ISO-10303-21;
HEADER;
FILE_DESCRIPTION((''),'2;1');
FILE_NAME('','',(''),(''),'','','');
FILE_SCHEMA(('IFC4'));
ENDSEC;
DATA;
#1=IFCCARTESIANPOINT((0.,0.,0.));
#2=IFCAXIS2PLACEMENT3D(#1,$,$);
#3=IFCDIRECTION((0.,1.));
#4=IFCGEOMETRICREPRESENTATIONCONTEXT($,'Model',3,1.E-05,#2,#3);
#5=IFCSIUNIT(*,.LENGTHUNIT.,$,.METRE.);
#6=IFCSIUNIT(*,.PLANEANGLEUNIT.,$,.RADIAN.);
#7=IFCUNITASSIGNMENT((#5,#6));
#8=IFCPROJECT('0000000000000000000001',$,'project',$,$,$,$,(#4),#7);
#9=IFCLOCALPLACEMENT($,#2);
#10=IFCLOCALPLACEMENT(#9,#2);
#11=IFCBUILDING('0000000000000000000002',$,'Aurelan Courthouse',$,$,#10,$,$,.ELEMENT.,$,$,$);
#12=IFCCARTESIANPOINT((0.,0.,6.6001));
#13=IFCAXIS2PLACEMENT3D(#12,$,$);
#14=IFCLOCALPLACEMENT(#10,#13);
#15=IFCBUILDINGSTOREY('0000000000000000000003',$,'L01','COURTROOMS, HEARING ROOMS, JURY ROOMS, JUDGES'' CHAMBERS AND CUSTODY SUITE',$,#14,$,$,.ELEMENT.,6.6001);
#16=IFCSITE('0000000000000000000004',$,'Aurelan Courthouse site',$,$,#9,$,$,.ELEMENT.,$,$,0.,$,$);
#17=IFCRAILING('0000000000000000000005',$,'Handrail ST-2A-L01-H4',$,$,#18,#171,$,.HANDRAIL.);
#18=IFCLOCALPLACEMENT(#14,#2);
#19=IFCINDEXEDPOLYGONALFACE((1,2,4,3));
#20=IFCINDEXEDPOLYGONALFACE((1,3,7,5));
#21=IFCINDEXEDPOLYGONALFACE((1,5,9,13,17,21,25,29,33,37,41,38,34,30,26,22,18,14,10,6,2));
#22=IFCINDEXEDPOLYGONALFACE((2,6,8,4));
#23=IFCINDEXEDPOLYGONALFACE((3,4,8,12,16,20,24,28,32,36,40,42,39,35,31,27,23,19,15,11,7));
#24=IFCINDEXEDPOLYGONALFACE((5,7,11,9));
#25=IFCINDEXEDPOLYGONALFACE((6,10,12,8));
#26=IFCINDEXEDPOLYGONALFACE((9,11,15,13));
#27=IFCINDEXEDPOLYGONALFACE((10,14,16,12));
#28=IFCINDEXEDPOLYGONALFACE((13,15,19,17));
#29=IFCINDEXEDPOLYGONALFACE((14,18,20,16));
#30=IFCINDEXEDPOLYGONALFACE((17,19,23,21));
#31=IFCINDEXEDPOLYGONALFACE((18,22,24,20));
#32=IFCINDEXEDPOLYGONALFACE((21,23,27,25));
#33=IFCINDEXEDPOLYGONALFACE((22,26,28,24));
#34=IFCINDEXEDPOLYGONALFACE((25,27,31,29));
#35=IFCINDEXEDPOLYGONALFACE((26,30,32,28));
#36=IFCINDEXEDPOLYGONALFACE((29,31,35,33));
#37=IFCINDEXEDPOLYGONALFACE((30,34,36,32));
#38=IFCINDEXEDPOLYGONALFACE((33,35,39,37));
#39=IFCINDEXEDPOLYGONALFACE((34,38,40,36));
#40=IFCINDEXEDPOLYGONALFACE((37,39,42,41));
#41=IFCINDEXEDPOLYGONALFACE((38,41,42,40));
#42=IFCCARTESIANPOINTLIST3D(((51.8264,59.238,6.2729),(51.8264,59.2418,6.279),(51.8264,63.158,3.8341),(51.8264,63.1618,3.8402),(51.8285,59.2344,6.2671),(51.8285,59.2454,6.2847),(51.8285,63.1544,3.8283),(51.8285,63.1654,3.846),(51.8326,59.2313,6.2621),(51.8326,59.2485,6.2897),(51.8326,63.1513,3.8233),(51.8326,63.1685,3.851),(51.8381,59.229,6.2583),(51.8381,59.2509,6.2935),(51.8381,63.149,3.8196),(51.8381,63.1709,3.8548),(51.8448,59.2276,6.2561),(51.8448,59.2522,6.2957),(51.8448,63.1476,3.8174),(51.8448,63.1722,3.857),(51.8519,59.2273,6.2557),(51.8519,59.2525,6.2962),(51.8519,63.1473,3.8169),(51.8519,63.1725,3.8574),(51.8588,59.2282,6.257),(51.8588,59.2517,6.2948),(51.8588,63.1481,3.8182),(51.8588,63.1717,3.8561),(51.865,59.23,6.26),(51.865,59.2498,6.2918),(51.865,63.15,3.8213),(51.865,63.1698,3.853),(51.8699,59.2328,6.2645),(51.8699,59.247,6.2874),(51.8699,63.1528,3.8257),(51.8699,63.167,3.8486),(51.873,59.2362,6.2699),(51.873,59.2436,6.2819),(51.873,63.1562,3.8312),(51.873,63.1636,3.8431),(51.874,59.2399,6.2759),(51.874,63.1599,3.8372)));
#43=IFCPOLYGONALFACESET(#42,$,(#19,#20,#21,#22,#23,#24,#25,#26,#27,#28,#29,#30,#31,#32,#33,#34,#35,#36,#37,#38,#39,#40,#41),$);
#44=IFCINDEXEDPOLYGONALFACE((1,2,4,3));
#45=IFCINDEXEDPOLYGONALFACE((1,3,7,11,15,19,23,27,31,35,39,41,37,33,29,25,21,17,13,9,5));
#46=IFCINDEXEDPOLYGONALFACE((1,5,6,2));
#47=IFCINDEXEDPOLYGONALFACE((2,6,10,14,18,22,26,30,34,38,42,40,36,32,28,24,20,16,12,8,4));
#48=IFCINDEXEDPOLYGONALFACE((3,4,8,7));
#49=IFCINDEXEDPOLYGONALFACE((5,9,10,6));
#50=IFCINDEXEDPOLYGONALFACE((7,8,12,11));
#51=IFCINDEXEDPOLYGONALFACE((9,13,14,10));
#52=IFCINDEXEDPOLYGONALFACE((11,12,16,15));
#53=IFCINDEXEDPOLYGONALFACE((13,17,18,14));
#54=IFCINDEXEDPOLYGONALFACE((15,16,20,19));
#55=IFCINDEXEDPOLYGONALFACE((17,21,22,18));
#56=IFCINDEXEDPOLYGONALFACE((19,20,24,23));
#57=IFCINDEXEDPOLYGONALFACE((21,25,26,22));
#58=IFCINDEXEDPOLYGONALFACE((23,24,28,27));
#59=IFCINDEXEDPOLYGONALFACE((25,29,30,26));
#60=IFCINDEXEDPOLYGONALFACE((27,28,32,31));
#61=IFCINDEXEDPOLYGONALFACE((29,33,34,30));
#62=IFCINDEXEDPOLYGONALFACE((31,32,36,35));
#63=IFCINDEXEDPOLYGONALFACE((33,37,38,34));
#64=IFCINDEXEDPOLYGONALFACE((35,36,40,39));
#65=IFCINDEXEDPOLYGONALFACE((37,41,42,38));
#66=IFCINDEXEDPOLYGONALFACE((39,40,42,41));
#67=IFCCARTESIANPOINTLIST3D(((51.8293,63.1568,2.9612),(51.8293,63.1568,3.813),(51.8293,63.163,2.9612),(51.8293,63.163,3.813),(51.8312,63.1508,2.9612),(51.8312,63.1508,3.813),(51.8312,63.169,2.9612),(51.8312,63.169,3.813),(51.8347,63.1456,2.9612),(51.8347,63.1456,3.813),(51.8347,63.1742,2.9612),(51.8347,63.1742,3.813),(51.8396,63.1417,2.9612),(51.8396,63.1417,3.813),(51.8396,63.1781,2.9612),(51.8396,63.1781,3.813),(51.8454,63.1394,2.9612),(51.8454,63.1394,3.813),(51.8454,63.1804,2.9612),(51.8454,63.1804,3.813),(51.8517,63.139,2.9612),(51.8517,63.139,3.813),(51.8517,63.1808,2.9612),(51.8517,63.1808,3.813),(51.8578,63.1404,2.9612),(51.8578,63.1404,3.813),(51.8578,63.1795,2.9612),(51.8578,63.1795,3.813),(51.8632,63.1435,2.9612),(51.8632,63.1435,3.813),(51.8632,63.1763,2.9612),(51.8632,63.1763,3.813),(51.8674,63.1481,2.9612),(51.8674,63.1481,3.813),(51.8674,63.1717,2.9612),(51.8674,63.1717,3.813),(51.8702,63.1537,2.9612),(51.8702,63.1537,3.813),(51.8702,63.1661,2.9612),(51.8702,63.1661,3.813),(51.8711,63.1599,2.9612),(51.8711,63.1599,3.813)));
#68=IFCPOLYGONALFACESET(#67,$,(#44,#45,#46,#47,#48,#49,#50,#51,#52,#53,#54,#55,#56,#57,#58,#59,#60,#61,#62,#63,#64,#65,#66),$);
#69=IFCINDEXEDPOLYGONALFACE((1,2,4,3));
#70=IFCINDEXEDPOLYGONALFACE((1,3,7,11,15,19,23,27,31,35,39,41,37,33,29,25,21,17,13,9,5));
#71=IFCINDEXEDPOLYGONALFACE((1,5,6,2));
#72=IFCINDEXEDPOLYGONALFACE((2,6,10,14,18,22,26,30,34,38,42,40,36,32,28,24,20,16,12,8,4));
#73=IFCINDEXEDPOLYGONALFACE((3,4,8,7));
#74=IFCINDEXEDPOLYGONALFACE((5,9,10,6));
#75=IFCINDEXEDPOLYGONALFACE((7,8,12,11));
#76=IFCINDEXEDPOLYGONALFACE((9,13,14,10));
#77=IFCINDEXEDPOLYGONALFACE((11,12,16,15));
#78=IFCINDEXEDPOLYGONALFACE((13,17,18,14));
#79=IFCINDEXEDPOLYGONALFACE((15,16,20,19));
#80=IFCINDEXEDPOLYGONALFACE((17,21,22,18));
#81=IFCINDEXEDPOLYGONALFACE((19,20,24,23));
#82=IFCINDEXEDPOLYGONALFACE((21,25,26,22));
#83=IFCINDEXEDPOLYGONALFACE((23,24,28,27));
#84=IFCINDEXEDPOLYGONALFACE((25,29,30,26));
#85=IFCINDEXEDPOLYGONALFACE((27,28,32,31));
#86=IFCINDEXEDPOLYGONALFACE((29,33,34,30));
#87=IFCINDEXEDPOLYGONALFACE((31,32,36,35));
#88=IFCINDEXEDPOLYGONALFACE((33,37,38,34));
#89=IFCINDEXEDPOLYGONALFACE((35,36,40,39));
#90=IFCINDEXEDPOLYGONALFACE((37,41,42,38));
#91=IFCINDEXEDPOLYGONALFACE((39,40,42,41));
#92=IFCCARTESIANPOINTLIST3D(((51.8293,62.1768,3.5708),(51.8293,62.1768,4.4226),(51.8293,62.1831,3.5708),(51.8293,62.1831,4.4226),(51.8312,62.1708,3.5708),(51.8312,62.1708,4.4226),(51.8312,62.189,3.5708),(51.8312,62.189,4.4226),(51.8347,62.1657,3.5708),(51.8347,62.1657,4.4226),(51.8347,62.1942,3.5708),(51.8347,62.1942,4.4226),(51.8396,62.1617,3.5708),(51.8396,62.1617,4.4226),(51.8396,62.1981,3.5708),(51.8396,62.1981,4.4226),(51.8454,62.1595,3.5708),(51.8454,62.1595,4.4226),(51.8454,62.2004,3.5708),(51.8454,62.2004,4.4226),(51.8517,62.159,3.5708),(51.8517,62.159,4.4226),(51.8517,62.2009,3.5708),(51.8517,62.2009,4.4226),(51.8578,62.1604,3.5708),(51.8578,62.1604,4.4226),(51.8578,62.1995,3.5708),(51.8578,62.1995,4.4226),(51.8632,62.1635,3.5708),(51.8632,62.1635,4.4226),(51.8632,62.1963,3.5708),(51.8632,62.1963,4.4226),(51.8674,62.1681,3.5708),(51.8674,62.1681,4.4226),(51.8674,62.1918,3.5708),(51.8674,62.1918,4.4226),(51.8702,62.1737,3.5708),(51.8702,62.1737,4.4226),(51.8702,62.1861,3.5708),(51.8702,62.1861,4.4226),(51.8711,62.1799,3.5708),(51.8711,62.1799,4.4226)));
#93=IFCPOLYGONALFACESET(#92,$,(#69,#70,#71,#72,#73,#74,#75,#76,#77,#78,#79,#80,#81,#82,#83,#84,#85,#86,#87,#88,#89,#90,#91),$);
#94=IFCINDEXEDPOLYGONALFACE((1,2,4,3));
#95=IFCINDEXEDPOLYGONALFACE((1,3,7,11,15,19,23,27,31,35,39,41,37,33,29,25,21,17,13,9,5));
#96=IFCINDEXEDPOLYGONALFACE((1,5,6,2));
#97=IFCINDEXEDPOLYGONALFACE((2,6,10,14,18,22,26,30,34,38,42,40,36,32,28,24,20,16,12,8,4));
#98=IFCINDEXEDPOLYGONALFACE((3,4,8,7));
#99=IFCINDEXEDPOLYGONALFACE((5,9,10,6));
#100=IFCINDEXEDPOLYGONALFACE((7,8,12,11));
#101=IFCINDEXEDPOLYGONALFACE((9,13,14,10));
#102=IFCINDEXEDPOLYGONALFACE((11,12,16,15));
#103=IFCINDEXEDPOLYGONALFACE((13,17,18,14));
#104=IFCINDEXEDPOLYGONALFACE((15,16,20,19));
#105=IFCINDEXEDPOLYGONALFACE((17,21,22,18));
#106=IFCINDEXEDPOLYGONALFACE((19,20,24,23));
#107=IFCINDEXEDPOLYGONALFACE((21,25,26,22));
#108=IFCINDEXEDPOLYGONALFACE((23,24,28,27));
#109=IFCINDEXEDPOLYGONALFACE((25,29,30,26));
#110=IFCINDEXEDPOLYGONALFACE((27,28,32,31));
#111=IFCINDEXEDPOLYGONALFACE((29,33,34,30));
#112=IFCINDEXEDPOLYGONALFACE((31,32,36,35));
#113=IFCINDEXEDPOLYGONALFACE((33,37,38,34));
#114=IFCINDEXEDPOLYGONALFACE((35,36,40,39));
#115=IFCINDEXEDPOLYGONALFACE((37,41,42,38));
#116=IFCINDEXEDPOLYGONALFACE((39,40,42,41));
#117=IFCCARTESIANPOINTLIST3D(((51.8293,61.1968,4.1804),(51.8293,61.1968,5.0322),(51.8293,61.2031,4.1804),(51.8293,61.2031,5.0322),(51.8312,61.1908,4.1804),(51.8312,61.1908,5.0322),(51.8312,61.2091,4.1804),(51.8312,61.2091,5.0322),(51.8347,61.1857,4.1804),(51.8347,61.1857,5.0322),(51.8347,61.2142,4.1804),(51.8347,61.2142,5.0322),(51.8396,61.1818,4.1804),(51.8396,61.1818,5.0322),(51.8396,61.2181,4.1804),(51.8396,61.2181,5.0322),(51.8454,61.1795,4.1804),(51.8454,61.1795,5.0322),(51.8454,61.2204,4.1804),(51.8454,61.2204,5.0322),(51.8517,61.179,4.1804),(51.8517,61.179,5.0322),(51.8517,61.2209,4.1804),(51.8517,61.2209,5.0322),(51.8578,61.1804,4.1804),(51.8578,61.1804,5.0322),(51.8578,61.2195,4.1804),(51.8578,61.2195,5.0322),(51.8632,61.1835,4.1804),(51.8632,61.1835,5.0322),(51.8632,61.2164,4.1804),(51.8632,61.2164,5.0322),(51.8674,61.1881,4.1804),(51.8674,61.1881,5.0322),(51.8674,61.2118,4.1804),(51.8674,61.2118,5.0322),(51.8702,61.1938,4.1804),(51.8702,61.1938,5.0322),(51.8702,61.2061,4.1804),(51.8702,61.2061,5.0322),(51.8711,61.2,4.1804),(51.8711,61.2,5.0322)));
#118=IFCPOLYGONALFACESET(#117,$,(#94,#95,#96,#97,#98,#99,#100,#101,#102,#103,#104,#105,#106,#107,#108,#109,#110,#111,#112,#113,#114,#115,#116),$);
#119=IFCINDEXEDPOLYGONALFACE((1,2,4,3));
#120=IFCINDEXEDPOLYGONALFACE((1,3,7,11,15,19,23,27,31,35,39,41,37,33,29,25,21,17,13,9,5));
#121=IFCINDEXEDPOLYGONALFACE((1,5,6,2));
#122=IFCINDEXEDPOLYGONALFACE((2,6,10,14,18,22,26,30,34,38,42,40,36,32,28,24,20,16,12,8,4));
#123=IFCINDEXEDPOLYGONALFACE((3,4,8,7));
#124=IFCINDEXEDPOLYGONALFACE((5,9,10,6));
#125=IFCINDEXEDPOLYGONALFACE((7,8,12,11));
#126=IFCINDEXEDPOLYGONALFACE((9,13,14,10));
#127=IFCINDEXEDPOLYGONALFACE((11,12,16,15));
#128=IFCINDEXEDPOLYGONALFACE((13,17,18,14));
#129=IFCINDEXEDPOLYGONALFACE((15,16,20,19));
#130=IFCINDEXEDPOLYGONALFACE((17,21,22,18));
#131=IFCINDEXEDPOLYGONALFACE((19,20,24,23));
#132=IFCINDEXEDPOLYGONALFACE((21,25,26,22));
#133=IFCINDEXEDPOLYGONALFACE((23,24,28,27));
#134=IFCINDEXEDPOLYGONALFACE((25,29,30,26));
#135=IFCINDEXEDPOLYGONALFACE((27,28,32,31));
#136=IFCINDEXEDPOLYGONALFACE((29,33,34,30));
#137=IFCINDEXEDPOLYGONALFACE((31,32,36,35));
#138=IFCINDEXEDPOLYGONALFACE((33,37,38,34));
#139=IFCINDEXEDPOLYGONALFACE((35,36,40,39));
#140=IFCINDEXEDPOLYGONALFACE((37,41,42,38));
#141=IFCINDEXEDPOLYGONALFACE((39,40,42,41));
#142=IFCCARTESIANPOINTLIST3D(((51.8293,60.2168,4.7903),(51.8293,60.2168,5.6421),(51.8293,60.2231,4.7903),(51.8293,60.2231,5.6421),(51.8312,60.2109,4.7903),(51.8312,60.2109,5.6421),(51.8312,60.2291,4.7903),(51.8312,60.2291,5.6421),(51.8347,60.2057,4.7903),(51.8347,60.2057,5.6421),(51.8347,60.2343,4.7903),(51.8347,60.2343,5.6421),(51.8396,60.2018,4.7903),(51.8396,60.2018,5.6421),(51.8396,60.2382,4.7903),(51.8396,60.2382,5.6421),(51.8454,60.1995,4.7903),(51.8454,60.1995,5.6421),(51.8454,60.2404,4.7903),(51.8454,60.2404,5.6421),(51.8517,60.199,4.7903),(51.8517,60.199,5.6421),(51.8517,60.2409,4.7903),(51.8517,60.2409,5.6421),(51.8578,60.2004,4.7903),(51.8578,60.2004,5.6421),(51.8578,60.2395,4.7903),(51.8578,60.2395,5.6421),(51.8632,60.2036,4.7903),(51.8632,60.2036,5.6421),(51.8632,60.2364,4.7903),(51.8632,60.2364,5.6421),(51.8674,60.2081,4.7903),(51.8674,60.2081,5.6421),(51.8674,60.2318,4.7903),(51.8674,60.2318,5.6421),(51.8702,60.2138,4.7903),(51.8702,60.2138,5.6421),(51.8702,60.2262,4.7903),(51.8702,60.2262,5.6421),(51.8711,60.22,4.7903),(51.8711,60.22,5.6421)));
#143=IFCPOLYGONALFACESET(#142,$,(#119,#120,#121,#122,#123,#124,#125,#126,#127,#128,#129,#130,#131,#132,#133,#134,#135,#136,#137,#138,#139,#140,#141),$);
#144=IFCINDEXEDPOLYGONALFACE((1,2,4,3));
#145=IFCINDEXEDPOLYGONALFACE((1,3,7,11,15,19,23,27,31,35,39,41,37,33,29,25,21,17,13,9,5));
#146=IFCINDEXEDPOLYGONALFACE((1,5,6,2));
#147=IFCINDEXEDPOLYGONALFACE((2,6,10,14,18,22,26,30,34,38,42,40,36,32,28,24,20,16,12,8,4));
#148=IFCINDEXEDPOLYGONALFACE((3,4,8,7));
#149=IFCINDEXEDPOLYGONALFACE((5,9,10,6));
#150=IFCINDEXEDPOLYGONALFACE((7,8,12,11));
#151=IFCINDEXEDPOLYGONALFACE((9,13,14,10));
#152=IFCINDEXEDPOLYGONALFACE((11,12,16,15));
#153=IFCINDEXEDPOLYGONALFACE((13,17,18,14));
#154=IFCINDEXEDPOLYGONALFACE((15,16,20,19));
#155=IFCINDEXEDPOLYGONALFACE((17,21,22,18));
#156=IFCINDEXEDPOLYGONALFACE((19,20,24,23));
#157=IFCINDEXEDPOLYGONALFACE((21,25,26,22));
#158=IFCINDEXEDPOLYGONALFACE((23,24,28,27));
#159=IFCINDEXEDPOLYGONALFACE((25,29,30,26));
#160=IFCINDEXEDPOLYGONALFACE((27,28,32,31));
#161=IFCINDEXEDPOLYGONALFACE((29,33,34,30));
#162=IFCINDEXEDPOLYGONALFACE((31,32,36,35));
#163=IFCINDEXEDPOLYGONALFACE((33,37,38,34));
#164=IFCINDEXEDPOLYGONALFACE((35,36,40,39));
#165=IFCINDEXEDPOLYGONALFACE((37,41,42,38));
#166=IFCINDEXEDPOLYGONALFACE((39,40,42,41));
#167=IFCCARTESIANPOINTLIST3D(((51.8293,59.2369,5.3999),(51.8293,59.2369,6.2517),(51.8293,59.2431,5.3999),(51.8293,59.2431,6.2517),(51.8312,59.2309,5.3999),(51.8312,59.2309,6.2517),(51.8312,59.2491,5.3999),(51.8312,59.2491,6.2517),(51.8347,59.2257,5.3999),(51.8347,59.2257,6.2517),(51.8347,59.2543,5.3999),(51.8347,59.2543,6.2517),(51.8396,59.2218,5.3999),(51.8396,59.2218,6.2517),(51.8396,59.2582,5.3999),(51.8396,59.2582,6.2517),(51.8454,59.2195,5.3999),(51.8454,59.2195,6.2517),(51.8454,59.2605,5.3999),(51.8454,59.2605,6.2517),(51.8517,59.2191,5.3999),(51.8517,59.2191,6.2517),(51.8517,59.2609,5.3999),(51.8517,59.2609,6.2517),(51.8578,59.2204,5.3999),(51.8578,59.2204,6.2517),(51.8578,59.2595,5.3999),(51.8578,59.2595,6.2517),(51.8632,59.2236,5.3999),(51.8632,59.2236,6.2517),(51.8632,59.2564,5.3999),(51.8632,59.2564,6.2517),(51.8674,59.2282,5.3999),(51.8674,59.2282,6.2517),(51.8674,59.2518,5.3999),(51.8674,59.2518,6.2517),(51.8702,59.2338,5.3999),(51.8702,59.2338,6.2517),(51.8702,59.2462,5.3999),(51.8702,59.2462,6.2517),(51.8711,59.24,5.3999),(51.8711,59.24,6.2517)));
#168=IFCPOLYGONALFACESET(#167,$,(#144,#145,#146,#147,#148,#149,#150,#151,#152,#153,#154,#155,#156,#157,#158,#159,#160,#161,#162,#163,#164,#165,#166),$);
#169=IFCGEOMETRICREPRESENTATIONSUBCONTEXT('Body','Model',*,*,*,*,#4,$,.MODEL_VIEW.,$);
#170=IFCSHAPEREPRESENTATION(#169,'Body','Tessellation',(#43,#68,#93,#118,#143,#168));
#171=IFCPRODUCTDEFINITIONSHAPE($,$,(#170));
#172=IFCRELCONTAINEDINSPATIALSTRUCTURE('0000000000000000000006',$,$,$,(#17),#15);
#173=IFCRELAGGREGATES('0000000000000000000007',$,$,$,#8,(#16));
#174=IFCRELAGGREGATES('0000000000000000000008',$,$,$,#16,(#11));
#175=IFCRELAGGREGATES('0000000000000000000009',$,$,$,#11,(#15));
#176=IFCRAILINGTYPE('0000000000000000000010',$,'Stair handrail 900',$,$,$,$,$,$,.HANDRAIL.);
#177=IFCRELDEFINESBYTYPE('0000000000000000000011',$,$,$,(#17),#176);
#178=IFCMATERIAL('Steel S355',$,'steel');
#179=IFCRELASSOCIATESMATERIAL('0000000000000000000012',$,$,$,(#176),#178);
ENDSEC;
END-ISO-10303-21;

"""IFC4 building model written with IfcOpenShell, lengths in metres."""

from ifc_helpers import new_model, si_unit, direction, frame, origin, origin_2d, place, context, subcontext, project, spatial, circle, extrude, material, type_object, element, save


model = new_model("IFC4")

# Units and contexts
model_context = context("Model", 3, precision=1e-05, world=origin(), true_north=direction((0.0, 1.0)))
body_context = subcontext(model_context, "Body", "Model", "MODEL_VIEW")
ifc_project = project(units=[si_unit("LENGTHUNIT", "METRE"), si_unit("PLANEANGLEUNIT", "RADIAN")], contexts=[model_context])

# Site, building, storey
site_placement = place(None, origin())
site = spatial("IfcSite", under=ifc_project, at=site_placement, Name="Aurelan Courthouse site", CompositionType="ELEMENT", RefElevation=0.0)
building_placement = place(site_placement, origin())
building = spatial("IfcBuilding", under=site, at=building_placement, Name="Aurelan Courthouse", CompositionType="ELEMENT")
storey_placement = place(building_placement, frame((0.0, 0.0, 6.6001)))
storey = spatial("IfcBuildingStorey", under=building, at=storey_placement, Name="L01", Description="COURTROOMS, HEARING ROOMS, JURY ROOMS, JUDGES' CHAMBERS AND CUSTODY SUITE", CompositionType="ELEMENT", Elevation=6.6001)

# Railing
ifc_material_1 = material(Name="Steel S355", Category="steel")
railing_type_1 = type_object("IfcRailingType", Name="Stair handrail 900", PredefinedType="HANDRAIL", material=ifc_material_1)
for number, where, name in (
    (1, (51.8501, 63.1599, 2.9612), "Handrail ST-2A-L01-H4"),
):
    element("IfcRailing", number, at=place(storey_placement, frame(where)), inside=storey, type_object=railing_type_1, Name=name, PredefinedType="HANDRAIL", context=body_context, shape_type="SweptSolid", body=[
        extrude(circle(Radius=0.0239, at=origin_2d()), frame((0.0, 0.0, 0.876), z_axis=(0.0, -0.84909, 0.528249), x_axis=(1.0, 0.0, 0.0)), (0.0, 0.0, 1.0), 4.6167),
        extrude(circle(Radius=0.021, at=origin_2d()), origin(), (0.0, 0.0, 1.0), 0.8518),
        extrude(circle(Radius=0.021, at=origin_2d()), frame((0.0, -0.98, 0.6096)), (0.0, 0.0, 1.0), 0.8518),
        extrude(circle(Radius=0.021, at=origin_2d()), frame((0.0, -1.96, 1.2192)), (0.0, 0.0, 1.0), 0.8518),
        extrude(circle(Radius=0.021, at=origin_2d()), frame((0.0, -2.9399, 1.8291)), (0.0, 0.0, 1.0), 0.8518),
        extrude(circle(Radius=0.021, at=origin_2d()), frame((0.0, -3.9199, 2.4387)), (0.0, 0.0, 1.0), 0.8518),
    ])

save(model, "model.ifc")
